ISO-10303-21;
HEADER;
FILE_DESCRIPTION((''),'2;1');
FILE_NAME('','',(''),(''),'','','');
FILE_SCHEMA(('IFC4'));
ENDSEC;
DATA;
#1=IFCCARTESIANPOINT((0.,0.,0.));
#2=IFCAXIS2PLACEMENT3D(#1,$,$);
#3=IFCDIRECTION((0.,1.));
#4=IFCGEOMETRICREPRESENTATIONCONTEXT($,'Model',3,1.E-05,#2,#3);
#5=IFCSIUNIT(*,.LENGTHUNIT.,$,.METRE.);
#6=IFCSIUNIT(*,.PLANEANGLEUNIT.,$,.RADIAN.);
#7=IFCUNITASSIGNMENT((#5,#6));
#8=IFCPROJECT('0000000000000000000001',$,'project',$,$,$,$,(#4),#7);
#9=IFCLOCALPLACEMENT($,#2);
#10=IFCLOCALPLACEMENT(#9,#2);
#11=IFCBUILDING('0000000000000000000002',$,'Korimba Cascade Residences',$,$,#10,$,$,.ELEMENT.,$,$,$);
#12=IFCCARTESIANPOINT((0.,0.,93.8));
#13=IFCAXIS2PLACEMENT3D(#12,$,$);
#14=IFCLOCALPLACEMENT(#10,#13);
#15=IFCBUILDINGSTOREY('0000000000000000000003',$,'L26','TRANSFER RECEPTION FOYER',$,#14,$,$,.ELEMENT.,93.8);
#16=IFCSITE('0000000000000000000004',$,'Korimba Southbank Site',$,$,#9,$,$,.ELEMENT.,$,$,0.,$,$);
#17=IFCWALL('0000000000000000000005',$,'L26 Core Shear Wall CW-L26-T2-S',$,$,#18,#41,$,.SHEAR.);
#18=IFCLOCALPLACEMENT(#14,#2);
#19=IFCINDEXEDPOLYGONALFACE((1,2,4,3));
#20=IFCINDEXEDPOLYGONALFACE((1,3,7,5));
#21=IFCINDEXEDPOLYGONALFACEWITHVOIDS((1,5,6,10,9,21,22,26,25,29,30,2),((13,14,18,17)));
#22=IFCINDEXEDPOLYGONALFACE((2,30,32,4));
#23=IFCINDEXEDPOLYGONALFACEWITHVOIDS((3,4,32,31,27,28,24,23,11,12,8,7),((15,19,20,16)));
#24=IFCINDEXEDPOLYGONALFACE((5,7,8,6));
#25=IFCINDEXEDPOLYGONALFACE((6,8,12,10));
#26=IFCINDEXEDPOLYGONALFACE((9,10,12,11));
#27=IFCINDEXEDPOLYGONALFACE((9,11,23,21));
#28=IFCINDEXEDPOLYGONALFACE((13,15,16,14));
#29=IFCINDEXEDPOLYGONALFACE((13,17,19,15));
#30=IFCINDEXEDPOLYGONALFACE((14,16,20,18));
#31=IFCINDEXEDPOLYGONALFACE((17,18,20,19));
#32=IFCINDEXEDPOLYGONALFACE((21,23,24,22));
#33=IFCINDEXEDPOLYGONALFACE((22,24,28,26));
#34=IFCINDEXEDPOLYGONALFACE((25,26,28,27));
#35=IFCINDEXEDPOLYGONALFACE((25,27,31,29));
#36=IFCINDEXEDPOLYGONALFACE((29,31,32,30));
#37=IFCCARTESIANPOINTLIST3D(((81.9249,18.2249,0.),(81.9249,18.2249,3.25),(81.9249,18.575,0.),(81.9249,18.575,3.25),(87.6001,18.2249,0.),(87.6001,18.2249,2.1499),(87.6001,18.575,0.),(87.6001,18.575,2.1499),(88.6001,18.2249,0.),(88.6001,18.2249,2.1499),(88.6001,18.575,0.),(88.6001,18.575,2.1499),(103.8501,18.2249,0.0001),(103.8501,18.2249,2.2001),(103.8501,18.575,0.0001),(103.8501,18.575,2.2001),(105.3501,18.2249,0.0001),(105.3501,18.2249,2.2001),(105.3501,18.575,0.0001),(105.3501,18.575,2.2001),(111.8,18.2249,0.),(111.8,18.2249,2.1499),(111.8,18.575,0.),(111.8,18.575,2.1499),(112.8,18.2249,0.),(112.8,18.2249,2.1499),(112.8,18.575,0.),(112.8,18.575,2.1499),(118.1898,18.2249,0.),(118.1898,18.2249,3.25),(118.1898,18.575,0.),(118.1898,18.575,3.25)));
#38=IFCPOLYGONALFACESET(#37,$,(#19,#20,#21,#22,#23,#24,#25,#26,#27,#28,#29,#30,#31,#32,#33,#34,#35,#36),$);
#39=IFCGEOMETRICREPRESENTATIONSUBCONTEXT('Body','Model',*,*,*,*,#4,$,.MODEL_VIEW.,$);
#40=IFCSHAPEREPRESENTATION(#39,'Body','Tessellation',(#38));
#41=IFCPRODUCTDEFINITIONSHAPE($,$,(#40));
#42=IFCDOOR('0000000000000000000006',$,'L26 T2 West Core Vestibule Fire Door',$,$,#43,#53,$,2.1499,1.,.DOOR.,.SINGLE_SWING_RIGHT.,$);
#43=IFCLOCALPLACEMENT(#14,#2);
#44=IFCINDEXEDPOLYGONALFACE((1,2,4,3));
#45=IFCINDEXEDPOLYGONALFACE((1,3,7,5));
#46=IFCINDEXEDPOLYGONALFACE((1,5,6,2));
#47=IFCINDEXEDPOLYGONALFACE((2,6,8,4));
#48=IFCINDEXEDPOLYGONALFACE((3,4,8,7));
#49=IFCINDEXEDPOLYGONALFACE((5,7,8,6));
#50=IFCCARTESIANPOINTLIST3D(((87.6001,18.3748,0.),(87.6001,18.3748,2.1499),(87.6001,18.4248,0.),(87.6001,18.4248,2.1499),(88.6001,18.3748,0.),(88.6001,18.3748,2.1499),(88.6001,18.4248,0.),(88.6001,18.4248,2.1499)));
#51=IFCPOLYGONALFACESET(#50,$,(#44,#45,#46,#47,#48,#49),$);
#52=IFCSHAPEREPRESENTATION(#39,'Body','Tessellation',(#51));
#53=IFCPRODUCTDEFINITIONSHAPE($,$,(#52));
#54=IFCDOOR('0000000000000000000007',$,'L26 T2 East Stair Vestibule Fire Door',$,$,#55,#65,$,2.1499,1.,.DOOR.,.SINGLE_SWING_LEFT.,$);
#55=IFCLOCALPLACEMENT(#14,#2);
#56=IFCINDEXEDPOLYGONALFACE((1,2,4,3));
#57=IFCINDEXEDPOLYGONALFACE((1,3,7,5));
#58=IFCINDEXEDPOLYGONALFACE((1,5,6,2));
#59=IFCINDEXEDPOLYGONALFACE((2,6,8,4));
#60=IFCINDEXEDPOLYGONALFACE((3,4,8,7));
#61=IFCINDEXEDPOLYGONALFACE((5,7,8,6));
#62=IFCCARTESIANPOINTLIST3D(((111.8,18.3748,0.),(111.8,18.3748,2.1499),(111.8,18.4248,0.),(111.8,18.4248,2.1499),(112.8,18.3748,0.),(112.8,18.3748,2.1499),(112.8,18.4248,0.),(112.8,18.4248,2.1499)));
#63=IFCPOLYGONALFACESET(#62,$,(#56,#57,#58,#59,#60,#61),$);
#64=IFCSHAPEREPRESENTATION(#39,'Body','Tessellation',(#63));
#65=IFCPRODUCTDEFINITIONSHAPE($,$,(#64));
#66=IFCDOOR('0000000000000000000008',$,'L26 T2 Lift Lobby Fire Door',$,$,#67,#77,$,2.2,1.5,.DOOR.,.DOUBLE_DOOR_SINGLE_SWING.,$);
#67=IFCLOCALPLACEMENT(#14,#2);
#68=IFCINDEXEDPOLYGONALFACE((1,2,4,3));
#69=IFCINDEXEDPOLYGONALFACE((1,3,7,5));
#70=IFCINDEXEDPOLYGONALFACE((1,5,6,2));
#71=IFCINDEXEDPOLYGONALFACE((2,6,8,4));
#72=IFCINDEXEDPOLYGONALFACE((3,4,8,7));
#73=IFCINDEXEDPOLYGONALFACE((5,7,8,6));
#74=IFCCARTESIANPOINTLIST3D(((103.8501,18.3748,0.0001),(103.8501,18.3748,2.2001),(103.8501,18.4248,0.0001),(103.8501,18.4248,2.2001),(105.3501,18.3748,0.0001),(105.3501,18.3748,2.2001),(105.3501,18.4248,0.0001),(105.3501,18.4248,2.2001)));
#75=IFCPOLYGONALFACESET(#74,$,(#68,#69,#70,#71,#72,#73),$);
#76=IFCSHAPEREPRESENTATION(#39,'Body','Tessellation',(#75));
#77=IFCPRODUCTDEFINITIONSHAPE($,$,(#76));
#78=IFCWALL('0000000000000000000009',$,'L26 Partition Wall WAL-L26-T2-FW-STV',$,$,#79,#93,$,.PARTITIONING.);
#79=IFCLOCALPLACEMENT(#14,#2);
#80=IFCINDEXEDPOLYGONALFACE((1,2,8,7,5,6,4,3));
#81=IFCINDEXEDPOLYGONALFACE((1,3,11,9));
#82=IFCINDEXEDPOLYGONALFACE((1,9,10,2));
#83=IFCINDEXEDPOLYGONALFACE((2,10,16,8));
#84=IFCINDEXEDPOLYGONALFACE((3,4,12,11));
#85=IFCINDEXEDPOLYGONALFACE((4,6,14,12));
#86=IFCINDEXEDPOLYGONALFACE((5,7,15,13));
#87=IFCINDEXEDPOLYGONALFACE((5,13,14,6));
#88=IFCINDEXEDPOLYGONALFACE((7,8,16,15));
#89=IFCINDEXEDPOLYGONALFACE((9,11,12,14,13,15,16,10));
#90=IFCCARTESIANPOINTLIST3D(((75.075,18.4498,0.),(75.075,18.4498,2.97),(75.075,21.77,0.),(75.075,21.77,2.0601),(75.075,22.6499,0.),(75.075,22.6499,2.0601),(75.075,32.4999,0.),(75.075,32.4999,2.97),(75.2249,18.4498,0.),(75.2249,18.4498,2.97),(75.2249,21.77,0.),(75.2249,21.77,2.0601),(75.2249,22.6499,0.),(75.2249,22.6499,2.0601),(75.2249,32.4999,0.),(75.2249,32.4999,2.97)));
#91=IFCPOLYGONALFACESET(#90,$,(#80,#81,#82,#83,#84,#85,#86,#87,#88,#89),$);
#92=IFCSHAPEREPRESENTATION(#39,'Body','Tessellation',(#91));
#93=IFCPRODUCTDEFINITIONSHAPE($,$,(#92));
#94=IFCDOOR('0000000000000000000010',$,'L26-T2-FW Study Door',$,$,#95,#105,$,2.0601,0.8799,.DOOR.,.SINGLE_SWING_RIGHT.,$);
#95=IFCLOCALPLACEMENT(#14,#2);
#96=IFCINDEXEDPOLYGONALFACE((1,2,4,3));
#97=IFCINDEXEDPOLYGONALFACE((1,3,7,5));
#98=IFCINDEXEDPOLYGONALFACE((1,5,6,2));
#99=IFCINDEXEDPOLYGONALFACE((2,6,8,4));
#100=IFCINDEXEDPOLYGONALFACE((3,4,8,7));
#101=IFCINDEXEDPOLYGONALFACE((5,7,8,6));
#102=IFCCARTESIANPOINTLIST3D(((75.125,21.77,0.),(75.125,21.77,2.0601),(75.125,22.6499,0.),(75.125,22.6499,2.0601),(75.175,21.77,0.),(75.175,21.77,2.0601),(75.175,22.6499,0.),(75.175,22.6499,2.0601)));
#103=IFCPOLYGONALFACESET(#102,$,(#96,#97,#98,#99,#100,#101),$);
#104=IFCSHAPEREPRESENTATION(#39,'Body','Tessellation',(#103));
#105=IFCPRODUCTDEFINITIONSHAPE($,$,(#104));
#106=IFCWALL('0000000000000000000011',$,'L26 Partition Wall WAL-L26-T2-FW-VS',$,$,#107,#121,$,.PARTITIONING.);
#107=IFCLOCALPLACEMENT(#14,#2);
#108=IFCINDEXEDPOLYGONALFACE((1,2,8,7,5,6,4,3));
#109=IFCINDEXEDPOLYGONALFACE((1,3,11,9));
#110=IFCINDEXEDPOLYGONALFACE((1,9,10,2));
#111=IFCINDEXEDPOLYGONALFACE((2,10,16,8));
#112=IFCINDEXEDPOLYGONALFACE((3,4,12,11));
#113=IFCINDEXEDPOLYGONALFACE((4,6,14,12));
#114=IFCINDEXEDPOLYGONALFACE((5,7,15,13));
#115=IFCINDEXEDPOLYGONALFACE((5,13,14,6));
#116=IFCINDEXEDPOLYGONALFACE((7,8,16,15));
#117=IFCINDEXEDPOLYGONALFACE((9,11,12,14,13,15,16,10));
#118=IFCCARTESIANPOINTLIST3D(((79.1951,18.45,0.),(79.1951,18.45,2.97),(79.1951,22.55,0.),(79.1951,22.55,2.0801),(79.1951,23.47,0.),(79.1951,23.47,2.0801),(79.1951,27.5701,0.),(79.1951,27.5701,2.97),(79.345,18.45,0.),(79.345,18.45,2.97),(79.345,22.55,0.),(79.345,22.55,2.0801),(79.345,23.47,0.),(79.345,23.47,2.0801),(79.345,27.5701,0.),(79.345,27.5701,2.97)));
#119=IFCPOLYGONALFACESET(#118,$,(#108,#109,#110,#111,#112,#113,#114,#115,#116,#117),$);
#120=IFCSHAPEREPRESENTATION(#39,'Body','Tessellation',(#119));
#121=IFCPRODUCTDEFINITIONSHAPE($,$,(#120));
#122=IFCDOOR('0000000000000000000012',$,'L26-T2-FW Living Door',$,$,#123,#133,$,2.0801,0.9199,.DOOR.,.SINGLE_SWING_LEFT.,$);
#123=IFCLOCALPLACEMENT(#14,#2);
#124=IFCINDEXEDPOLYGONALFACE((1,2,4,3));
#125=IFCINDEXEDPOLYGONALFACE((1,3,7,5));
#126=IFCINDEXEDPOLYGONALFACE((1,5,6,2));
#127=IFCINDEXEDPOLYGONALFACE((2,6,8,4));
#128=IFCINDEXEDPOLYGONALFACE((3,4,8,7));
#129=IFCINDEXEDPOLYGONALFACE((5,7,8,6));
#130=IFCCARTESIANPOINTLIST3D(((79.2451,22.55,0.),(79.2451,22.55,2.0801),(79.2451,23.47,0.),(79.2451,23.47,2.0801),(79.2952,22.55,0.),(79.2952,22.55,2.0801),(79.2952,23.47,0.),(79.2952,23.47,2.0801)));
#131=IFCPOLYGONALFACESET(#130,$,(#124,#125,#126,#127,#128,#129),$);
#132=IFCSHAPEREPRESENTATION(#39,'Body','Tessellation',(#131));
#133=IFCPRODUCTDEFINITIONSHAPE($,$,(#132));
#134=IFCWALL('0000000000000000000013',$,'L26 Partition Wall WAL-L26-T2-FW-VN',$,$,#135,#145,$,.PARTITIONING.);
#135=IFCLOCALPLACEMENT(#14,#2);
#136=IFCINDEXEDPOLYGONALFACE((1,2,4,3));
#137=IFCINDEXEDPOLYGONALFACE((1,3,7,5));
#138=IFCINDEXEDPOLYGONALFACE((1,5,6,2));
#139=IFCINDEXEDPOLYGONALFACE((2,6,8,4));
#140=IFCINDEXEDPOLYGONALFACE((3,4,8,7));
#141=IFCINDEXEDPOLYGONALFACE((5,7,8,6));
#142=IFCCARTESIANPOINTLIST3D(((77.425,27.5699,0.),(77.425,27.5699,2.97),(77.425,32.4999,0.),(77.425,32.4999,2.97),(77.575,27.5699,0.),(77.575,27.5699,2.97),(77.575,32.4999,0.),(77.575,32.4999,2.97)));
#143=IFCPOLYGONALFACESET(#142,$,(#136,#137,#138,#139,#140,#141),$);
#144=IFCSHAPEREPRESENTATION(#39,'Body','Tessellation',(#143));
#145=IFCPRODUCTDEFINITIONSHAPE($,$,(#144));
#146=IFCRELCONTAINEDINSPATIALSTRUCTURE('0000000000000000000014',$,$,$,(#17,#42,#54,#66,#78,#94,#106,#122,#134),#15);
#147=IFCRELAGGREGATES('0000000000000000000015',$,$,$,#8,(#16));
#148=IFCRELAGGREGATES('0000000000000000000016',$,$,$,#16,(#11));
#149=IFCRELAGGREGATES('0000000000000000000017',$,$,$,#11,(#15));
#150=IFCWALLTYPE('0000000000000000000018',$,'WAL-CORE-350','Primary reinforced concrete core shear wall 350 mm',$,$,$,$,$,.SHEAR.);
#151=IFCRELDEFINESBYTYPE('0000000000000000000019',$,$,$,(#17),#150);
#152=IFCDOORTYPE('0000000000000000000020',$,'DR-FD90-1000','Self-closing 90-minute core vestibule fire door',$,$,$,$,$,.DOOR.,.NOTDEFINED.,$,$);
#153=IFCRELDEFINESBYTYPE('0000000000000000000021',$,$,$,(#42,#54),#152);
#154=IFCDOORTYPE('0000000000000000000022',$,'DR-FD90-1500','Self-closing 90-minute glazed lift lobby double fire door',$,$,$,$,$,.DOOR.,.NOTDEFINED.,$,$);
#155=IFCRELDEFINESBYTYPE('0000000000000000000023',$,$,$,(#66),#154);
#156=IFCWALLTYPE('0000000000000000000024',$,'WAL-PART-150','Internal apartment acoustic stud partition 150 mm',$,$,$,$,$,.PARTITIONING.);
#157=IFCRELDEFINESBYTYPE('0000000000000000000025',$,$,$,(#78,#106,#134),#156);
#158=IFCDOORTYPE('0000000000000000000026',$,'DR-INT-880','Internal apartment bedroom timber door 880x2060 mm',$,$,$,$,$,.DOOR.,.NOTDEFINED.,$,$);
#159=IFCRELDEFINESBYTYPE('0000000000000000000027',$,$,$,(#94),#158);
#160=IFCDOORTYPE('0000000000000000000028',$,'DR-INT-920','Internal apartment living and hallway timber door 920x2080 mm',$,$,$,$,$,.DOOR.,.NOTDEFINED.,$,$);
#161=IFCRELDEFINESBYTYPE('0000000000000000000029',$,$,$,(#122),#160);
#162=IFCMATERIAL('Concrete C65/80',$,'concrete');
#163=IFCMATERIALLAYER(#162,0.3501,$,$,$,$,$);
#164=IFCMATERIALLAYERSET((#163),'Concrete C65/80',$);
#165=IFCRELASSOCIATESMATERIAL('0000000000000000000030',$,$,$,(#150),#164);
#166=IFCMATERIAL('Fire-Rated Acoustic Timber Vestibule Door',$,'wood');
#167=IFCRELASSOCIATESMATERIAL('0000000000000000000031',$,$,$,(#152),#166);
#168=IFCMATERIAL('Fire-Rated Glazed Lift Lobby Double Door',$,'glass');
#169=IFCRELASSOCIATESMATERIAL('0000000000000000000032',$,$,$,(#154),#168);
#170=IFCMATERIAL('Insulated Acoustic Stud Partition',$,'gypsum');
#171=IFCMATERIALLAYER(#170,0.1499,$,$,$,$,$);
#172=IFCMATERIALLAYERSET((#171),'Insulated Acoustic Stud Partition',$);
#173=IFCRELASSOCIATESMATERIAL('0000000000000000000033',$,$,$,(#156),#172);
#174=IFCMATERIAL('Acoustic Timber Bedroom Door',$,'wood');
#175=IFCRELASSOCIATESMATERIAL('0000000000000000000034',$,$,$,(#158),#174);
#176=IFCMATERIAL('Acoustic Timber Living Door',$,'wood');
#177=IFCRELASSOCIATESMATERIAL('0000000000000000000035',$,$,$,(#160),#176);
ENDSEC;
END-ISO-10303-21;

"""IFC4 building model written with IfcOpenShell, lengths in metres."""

from ifc_helpers import new_model, si_unit, direction, frame, frame_2d, origin, place, context, subcontext, project, spatial, rectangle, extrude, material, layer, layer_set, type_object, element, fill, save


model = new_model("IFC4")

# Units and contexts
model_context = context("Model", 3, precision=1e-05, world=origin(), true_north=direction((0.0, 1.0)))
body_context = subcontext(model_context, "Body", "Model", "MODEL_VIEW")
ifc_project = project(units=[si_unit("LENGTHUNIT", "METRE"), si_unit("PLANEANGLEUNIT", "RADIAN")], contexts=[model_context])

# Site, building, storey
site_placement = place(None, origin())
site = spatial("IfcSite", under=ifc_project, at=site_placement, Name="Korimba Southbank Site", CompositionType="ELEMENT", RefElevation=0.0)
building_placement = place(site_placement, origin())
building = spatial("IfcBuilding", under=site, at=building_placement, Name="Korimba Cascade Residences", CompositionType="ELEMENT")
storey_placement = place(building_placement, frame((0.0, 0.0, 93.8)))
storey = spatial("IfcBuildingStorey", under=building, at=storey_placement, Name="L26", Description="TRANSFER RECEPTION FOYER", CompositionType="ELEMENT", Elevation=93.8)

# Shared definitions
ifc_material_1 = material(Name="Concrete C65/80", Category="concrete")

# Shared definitions
ifc_layer_1 = layer(ifc_material_1, 0.3501)
ifc_layer_set_1 = layer_set([ifc_layer_1], Name="Concrete C65/80")
wall_type_1 = type_object("IfcWallType", Name="WAL-CORE-350", Description="Primary reinforced concrete core shear wall 350 mm", PredefinedType="SHEAR", material=ifc_layer_set_1)

# Wall, openings, doors
wall_1_placement = place(storey_placement, frame((81.925, 18.3999, 0.0), z_axis=(0.0, 0.0, 1.0), x_axis=(1.0, 0.0, 0.0)))
wall_1 = element("IfcWall", 1, at=wall_1_placement, inside=storey, type_object=wall_type_1, Name="L26 Core Shear Wall CW-L26-T2-S", PredefinedType="SHEAR", context=body_context, shape_type="SweptSolid", body=[
    extrude(rectangle(XDim=36.2649, YDim=0.3501, at=frame_2d((18.1323, 0.0))), origin(), (0.0, 0.0, 1.0), 3.25),
])
opening_1_placement = place(wall_1_placement, frame((5.675, 0.0, 0.0)))
opening_1 = element("IfcOpeningElement", 2, at=opening_1_placement, cuts=wall_1, PredefinedType="OPENING", context=body_context, shape_type="SweptSolid", body=[
    extrude(rectangle(XDim=1.0, YDim=2.1499, at=frame_2d((0.5, 1.075))), frame((0.0, 0.1851, 0.0), z_axis=(0.0, -1.0, 0.0), x_axis=(1.0, 0.0, 0.0)), (0.0, 0.0, 1.0), 0.3701),
])
opening_2_placement = place(wall_1_placement, frame((21.925, 0.0, 0.0)))
opening_2 = element("IfcOpeningElement", 3, at=opening_2_placement, cuts=wall_1, PredefinedType="OPENING", context=body_context, shape_type="SweptSolid", body=[
    extrude(rectangle(XDim=1.5, YDim=2.2, at=frame_2d((0.75, 1.1001))), frame((0.0, 0.1851, 0.0), z_axis=(0.0, -1.0, 0.0), x_axis=(1.0, 0.0, 0.0)), (0.0, 0.0, 1.0), 0.3701),
])
opening_3_placement = place(wall_1_placement, frame((29.875, 0.0, 0.0)))
opening_3 = element("IfcOpeningElement", 4, at=opening_3_placement, cuts=wall_1, PredefinedType="OPENING", context=body_context, shape_type="SweptSolid", body=[
    extrude(rectangle(XDim=1.0, YDim=2.1499, at=frame_2d((0.5, 1.075))), frame((0.0, 0.1851, 0.0), z_axis=(0.0, -1.0, 0.0), x_axis=(1.0, 0.0, 0.0)), (0.0, 0.0, 1.0), 0.3701),
])
ifc_material_2 = material(Name="Fire-Rated Acoustic Timber Vestibule Door", Category="wood")
door_type_1 = type_object("IfcDoorType", Name="DR-FD90-1000", Description="Self-closing 90-minute core vestibule fire door", OperationType="NOTDEFINED", PredefinedType="DOOR", material=ifc_material_2)
door_1_placement = place(opening_1_placement, origin())
door_1 = element("IfcDoor", 5, at=door_1_placement, inside=storey, type_object=door_type_1, Name="L26 T2 West Core Vestibule Fire Door", OperationType="SINGLE_SWING_RIGHT", OverallHeight=2.1499, OverallWidth=1.0, PredefinedType="DOOR", context=body_context, shape_type="SweptSolid", body=[
    extrude(rectangle(XDim=1.0, YDim=2.1499, at=frame_2d((0.5, 1.075))), frame((0.0, 0.0249, 0.0), z_axis=(0.0, -1.0, 0.0), x_axis=(1.0, 0.0, 0.0)), (0.0, 0.0, 1.0), 0.05),
])
fill(opening_1, door_1)
door_2_placement = place(opening_3_placement, origin())
door_2 = element("IfcDoor", 6, at=door_2_placement, inside=storey, type_object=door_type_1, Name="L26 T2 East Stair Vestibule Fire Door", OperationType="SINGLE_SWING_LEFT", OverallHeight=2.1499, OverallWidth=1.0, PredefinedType="DOOR", context=body_context, shape_type="SweptSolid", body=[
    extrude(rectangle(XDim=1.0, YDim=2.1499, at=frame_2d((0.5, 1.075))), frame((0.0, 0.0249, 0.0), z_axis=(0.0, -1.0, 0.0), x_axis=(1.0, 0.0, 0.0)), (0.0, 0.0, 1.0), 0.05),
])
fill(opening_3, door_2)
ifc_material_3 = material(Name="Fire-Rated Glazed Lift Lobby Double Door", Category="glass")
door_type_2 = type_object("IfcDoorType", Name="DR-FD90-1500", Description="Self-closing 90-minute glazed lift lobby double fire door", OperationType="NOTDEFINED", PredefinedType="DOOR", material=ifc_material_3)
door_3_placement = place(opening_2_placement, origin())
door_3 = element("IfcDoor", 7, at=door_3_placement, inside=storey, type_object=door_type_2, Name="L26 T2 Lift Lobby Fire Door", OperationType="DOUBLE_DOOR_SINGLE_SWING", OverallHeight=2.2, OverallWidth=1.5, PredefinedType="DOOR", context=body_context, shape_type="SweptSolid", body=[
    extrude(rectangle(XDim=1.5, YDim=2.2, at=frame_2d((0.75, 1.1001))), frame((0.0, 0.0249, 0.0), z_axis=(0.0, -1.0, 0.0), x_axis=(1.0, 0.0, 0.0)), (0.0, 0.0, 1.0), 0.05),
])
fill(opening_2, door_3)

# Walls, openings, doors
ifc_material_4 = material(Name="Insulated Acoustic Stud Partition", Category="gypsum")
ifc_layer_2 = layer(ifc_material_4, 0.1499)
ifc_layer_set_2 = layer_set([ifc_layer_2], Name="Insulated Acoustic Stud Partition")
wall_type_2 = type_object("IfcWallType", Name="WAL-PART-150", Description="Internal apartment acoustic stud partition 150 mm", PredefinedType="PARTITIONING", material=ifc_layer_set_2)
wall_2_placement = place(storey_placement, frame((75.1499, 18.45, 0.0), z_axis=(0.0, 0.0, 1.0), x_axis=(0.0, 1.0, 0.0)))
wall_2 = element("IfcWall", 8, at=wall_2_placement, inside=storey, type_object=wall_type_2, Name="L26 Partition Wall WAL-L26-T2-FW-STV", PredefinedType="PARTITIONING", context=body_context, shape_type="SweptSolid", body=[
    extrude(rectangle(XDim=14.05, YDim=0.1499, at=frame_2d((7.0249, 0.0))), origin(), (0.0, 0.0, 1.0), 2.97),
])
opening_4_placement = place(wall_2_placement, frame((3.3201, 0.0, 0.0)))
opening_4 = element("IfcOpeningElement", 9, at=opening_4_placement, cuts=wall_2, PredefinedType="OPENING", context=body_context, shape_type="SweptSolid", body=[
    extrude(rectangle(XDim=0.8799, YDim=2.0601, at=frame_2d((0.4399, 1.03))), frame((0.0, 0.085, 0.0), z_axis=(0.0, -1.0, 0.0), x_axis=(1.0, 0.0, 0.0)), (0.0, 0.0, 1.0), 0.1699),
])
ifc_material_5 = material(Name="Acoustic Timber Bedroom Door", Category="wood")
door_type_3 = type_object("IfcDoorType", Name="DR-INT-880", Description="Internal apartment bedroom timber door 880x2060 mm", OperationType="NOTDEFINED", PredefinedType="DOOR", material=ifc_material_5)
door_4_placement = place(opening_4_placement, origin())
door_4 = element("IfcDoor", 10, at=door_4_placement, inside=storey, type_object=door_type_3, Name="L26-T2-FW Study Door", OperationType="SINGLE_SWING_RIGHT", OverallHeight=2.0601, OverallWidth=0.8799, PredefinedType="DOOR", context=body_context, shape_type="SweptSolid", body=[
    extrude(rectangle(XDim=0.8799, YDim=2.0601, at=frame_2d((0.4399, 1.03))), frame((0.0, 0.0249, 0.0), z_axis=(0.0, -1.0, 0.0), x_axis=(1.0, 0.0, 0.0)), (0.0, 0.0, 1.0), 0.05),
])
fill(opening_4, door_4)
wall_3_placement = place(storey_placement, frame((79.27, 18.45, 0.0), z_axis=(0.0, 0.0, 1.0), x_axis=(0.0, 1.0, 0.0)))
wall_3 = element("IfcWall", 11, at=wall_3_placement, inside=storey, type_object=wall_type_2, Name="L26 Partition Wall WAL-L26-T2-FW-VS", PredefinedType="PARTITIONING", context=body_context, shape_type="SweptSolid", body=[
    extrude(rectangle(XDim=9.1201, YDim=0.1499, at=frame_2d((4.5601, 0.0))), origin(), (0.0, 0.0, 1.0), 2.97),
])
opening_5_placement = place(wall_3_placement, frame((4.1001, 0.0, 0.0)))
opening_5 = element("IfcOpeningElement", 12, at=opening_5_placement, cuts=wall_3, PredefinedType="OPENING", context=body_context, shape_type="SweptSolid", body=[
    extrude(rectangle(XDim=0.9199, YDim=2.0801, at=frame_2d((0.46, 1.04))), frame((0.0, 0.085, 0.0), z_axis=(0.0, -1.0, 0.0), x_axis=(1.0, 0.0, 0.0)), (0.0, 0.0, 1.0), 0.1699),
])
ifc_material_6 = material(Name="Acoustic Timber Living Door", Category="wood")
door_type_4 = type_object("IfcDoorType", Name="DR-INT-920", Description="Internal apartment living and hallway timber door 920x2080 mm", OperationType="NOTDEFINED", PredefinedType="DOOR", material=ifc_material_6)
door_5_placement = place(opening_5_placement, origin())
door_5 = element("IfcDoor", 13, at=door_5_placement, inside=storey, type_object=door_type_4, Name="L26-T2-FW Living Door", OperationType="SINGLE_SWING_LEFT", OverallHeight=2.0801, OverallWidth=0.9199, PredefinedType="DOOR", context=body_context, shape_type="SweptSolid", body=[
    extrude(rectangle(XDim=0.9199, YDim=2.0801, at=frame_2d((0.46, 1.04))), frame((0.0, 0.0249, 0.0), z_axis=(0.0, -1.0, 0.0), x_axis=(1.0, 0.0, 0.0)), (0.0, 0.0, 1.0), 0.05),
])
fill(opening_5, door_5)

# Wall
wall_4_placement = place(storey_placement, frame((77.5, 27.5701, 0.0), z_axis=(0.0, 0.0, 1.0), x_axis=(0.0, 1.0, 0.0)))
element("IfcWall", 14, at=wall_4_placement, inside=storey, type_object=wall_type_2, Name="L26 Partition Wall WAL-L26-T2-FW-VN", PredefinedType="PARTITIONING", context=body_context, shape_type="SweptSolid", body=[
    extrude(rectangle(XDim=4.9299, YDim=0.1499, at=frame_2d((2.4648, 0.0))), origin(), (0.0, 0.0, 1.0), 2.97),
])

save(model, "model.ifc")
